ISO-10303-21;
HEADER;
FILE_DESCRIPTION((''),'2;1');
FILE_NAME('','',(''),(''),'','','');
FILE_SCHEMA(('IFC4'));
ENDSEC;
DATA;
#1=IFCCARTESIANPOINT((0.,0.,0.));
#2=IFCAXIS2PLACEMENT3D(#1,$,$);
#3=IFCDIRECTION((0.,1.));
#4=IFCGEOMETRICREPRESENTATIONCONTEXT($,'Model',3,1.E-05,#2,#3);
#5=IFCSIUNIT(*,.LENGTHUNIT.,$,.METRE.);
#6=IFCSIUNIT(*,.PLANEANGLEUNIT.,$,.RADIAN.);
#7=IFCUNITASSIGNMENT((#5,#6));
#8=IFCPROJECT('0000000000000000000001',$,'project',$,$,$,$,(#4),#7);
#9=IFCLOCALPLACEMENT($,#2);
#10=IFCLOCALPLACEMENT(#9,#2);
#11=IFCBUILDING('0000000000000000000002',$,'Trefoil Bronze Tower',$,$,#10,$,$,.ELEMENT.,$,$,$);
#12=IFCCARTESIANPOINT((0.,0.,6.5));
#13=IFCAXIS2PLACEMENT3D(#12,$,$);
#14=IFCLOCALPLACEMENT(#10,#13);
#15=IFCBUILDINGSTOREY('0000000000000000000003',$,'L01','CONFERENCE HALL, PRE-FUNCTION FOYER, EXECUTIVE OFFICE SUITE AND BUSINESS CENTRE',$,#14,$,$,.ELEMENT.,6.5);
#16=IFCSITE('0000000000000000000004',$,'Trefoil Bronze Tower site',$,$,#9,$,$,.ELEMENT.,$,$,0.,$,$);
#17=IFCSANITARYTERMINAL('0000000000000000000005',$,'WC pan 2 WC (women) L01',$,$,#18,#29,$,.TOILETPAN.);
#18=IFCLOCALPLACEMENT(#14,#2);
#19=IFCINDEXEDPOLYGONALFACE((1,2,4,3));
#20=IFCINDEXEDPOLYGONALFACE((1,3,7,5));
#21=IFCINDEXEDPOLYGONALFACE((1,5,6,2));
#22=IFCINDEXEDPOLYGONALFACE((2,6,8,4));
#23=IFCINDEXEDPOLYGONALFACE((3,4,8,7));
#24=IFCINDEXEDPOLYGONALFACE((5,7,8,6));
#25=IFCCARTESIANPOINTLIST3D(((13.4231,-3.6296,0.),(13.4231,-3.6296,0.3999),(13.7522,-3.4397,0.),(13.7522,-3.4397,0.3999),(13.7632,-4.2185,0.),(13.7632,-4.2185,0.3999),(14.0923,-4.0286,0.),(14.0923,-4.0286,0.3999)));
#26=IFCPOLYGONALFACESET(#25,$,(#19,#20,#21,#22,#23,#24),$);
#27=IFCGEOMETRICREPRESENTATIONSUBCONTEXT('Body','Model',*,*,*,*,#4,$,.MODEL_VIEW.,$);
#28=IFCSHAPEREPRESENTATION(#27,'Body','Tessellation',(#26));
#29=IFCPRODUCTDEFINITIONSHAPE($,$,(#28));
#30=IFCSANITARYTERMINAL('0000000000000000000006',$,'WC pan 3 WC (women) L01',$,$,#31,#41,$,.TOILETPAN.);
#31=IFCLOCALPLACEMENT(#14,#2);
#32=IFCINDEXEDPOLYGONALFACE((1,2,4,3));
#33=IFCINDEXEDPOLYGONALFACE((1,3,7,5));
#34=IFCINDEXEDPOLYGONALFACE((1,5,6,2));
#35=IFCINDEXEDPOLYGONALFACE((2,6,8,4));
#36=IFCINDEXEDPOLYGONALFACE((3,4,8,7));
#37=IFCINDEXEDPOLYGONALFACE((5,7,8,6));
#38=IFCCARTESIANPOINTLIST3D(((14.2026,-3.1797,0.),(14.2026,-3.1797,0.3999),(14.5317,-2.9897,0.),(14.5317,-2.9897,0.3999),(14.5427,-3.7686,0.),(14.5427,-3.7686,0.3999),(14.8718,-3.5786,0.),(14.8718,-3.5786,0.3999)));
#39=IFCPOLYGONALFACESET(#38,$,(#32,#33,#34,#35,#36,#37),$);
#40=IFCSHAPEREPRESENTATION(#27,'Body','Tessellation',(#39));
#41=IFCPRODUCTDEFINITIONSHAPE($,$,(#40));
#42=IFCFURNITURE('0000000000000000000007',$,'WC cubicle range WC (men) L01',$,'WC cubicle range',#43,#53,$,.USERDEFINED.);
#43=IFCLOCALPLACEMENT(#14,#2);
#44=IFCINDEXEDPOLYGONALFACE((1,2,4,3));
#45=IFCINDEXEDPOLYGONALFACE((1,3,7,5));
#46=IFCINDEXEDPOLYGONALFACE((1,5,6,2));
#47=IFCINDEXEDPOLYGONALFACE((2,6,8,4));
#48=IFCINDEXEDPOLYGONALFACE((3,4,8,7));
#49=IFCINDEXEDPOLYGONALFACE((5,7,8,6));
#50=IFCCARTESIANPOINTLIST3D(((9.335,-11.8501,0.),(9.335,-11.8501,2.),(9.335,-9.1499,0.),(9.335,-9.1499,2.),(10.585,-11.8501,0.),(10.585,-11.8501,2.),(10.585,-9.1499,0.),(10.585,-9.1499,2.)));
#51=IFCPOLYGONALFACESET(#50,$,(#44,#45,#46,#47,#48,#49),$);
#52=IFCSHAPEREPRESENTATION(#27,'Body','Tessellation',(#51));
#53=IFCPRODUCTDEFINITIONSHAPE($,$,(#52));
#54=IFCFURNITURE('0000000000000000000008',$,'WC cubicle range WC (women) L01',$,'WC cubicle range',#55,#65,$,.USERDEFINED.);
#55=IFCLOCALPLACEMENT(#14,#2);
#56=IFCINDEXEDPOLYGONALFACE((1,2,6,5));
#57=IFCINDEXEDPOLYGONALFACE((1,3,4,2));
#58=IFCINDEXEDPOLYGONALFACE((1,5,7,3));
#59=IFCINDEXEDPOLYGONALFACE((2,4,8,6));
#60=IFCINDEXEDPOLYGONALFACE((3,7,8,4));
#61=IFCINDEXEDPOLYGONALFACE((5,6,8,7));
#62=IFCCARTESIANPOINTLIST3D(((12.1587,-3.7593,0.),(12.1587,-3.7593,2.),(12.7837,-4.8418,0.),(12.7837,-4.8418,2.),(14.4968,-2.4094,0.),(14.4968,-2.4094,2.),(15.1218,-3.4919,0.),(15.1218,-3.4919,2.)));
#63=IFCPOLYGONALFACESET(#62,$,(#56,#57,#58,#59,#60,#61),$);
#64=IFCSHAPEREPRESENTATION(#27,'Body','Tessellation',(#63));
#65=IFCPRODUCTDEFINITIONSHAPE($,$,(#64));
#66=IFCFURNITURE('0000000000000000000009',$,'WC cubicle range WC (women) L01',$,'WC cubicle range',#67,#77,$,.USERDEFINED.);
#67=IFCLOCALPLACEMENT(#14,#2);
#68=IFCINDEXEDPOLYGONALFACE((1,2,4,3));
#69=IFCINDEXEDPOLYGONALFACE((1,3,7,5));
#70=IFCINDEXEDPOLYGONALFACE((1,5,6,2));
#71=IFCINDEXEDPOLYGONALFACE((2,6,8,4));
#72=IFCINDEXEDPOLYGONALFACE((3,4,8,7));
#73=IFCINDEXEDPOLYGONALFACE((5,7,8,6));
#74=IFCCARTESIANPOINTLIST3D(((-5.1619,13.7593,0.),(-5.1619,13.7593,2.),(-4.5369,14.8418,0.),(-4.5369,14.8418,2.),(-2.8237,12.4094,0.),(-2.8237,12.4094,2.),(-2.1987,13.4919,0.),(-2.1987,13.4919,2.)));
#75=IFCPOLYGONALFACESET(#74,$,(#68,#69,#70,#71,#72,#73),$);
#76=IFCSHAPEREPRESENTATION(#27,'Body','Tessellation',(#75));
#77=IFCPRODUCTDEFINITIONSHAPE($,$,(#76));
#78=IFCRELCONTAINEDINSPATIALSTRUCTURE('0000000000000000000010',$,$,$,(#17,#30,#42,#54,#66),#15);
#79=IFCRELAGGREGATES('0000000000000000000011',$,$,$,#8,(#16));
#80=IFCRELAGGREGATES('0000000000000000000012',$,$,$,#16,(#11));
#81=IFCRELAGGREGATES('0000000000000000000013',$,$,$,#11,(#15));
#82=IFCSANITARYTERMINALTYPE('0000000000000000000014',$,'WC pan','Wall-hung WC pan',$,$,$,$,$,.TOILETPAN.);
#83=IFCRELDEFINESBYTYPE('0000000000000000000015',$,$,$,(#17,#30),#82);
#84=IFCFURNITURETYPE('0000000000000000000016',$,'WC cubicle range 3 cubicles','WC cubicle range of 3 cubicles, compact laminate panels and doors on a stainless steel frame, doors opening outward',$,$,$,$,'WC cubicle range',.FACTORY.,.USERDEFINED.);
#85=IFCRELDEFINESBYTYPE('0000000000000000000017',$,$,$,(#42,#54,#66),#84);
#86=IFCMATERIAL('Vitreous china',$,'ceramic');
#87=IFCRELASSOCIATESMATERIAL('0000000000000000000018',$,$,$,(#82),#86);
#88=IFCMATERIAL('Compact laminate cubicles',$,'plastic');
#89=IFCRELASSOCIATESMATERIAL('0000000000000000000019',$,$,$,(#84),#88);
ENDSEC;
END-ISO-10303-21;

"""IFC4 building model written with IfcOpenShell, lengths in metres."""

from ifc_helpers import new_model, si_unit, direction, frame, origin, place, context, subcontext, project, spatial, polyline, outline, extrude, material, type_object, element, save


model = new_model("IFC4")

# Units and contexts
model_context = context("Model", 3, precision=1e-05, world=origin(), true_north=direction((0.0, 1.0)))
body_context = subcontext(model_context, "Body", "Model", "MODEL_VIEW")
ifc_project = project(units=[si_unit("LENGTHUNIT", "METRE"), si_unit("PLANEANGLEUNIT", "RADIAN")], contexts=[model_context])

# Site, building, storey
site_placement = place(None, origin())
site = spatial("IfcSite", under=ifc_project, at=site_placement, Name="Trefoil Bronze Tower site", CompositionType="ELEMENT", RefElevation=0.0)
building_placement = place(site_placement, origin())
building = spatial("IfcBuilding", under=site, at=building_placement, Name="Trefoil Bronze Tower", CompositionType="ELEMENT")
storey_placement = place(building_placement, frame((0.0, 0.0, 6.5)))
storey = spatial("IfcBuildingStorey", under=building, at=storey_placement, Name="L01", Description="CONFERENCE HALL, PRE-FUNCTION FOYER, EXECUTIVE OFFICE SUITE AND BUSINESS CENTRE", CompositionType="ELEMENT", Elevation=6.5)

# Sanitary terminals
ifc_material_1 = material(Name="Vitreous china", Category="ceramic")
sanitary_terminal_type_1 = type_object("IfcSanitaryTerminalType", Name="WC pan", Description="Wall-hung WC pan", PredefinedType="TOILETPAN", material=ifc_material_1)
sanitary_terminal_1_placement = place(storey_placement, origin())
element("IfcSanitaryTerminal", 1, at=sanitary_terminal_1_placement, inside=storey, type_object=sanitary_terminal_type_1, Name="WC pan 2 WC (women) L01", PredefinedType="TOILETPAN", context=body_context, shape_type="SweptSolid", body=[
    extrude(outline(polyline([(13.4231, -3.6296), (13.7632, -4.2185), (14.0923, -4.0286), (13.7522, -3.4397), (13.4231, -3.6296)])), origin(), (0.0, 0.0, 1.0), 0.3999),
])
sanitary_terminal_2_placement = place(storey_placement, origin())
element("IfcSanitaryTerminal", 2, at=sanitary_terminal_2_placement, inside=storey, type_object=sanitary_terminal_type_1, Name="WC pan 3 WC (women) L01", PredefinedType="TOILETPAN", context=body_context, shape_type="SweptSolid", body=[
    extrude(outline(polyline([(14.2026, -3.1797), (14.5427, -3.7686), (14.8718, -3.5786), (14.5317, -2.9897), (14.2026, -3.1797)])), origin(), (0.0, 0.0, 1.0), 0.3999),
])

# Furniture
ifc_material_2 = material(Name="Compact laminate cubicles", Category="plastic")
furniture_type = type_object("IfcFurnitureType", Name="WC cubicle range 3 cubicles", Description="WC cubicle range of 3 cubicles, compact laminate panels and doors on a stainless steel frame, doors opening outward", ElementType="WC cubicle range", AssemblyPlace="FACTORY", PredefinedType="USERDEFINED", material=ifc_material_2)
furniture_1_placement = place(storey_placement, origin())
element("IfcFurniture", 3, at=furniture_1_placement, inside=storey, type_object=furniture_type, Name="WC cubicle range WC (men) L01", ObjectType="WC cubicle range", PredefinedType="USERDEFINED", context=body_context, shape_type="SweptSolid", body=[
    extrude(outline(polyline([(9.335, -9.1499), (10.585, -9.1499), (10.585, -11.8501), (9.335, -11.8501), (9.335, -9.1499)])), origin(), (0.0, 0.0, 1.0), 2.0),
])
furniture_2_placement = place(storey_placement, origin())
element("IfcFurniture", 4, at=furniture_2_placement, inside=storey, type_object=furniture_type, Name="WC cubicle range WC (women) L01", ObjectType="WC cubicle range", PredefinedType="USERDEFINED", context=body_context, shape_type="SweptSolid", body=[
    extrude(outline(polyline([(12.1587, -3.7593), (12.7837, -4.8418), (15.1218, -3.4919), (14.4968, -2.4094), (12.1587, -3.7593)])), origin(), (0.0, 0.0, 1.0), 2.0),
])
furniture_3_placement = place(storey_placement, origin())
element("IfcFurniture", 5, at=furniture_3_placement, inside=storey, type_object=furniture_type, Name="WC cubicle range WC (women) L01", ObjectType="WC cubicle range", PredefinedType="USERDEFINED", context=body_context, shape_type="SweptSolid", body=[
    extrude(outline(polyline([(-2.8237, 12.4094), (-2.1987, 13.4919), (-4.5369, 14.8418), (-5.1619, 13.7593), (-2.8237, 12.4094)])), origin(), (0.0, 0.0, 1.0), 2.0),
])

save(model, "model.ifc")
